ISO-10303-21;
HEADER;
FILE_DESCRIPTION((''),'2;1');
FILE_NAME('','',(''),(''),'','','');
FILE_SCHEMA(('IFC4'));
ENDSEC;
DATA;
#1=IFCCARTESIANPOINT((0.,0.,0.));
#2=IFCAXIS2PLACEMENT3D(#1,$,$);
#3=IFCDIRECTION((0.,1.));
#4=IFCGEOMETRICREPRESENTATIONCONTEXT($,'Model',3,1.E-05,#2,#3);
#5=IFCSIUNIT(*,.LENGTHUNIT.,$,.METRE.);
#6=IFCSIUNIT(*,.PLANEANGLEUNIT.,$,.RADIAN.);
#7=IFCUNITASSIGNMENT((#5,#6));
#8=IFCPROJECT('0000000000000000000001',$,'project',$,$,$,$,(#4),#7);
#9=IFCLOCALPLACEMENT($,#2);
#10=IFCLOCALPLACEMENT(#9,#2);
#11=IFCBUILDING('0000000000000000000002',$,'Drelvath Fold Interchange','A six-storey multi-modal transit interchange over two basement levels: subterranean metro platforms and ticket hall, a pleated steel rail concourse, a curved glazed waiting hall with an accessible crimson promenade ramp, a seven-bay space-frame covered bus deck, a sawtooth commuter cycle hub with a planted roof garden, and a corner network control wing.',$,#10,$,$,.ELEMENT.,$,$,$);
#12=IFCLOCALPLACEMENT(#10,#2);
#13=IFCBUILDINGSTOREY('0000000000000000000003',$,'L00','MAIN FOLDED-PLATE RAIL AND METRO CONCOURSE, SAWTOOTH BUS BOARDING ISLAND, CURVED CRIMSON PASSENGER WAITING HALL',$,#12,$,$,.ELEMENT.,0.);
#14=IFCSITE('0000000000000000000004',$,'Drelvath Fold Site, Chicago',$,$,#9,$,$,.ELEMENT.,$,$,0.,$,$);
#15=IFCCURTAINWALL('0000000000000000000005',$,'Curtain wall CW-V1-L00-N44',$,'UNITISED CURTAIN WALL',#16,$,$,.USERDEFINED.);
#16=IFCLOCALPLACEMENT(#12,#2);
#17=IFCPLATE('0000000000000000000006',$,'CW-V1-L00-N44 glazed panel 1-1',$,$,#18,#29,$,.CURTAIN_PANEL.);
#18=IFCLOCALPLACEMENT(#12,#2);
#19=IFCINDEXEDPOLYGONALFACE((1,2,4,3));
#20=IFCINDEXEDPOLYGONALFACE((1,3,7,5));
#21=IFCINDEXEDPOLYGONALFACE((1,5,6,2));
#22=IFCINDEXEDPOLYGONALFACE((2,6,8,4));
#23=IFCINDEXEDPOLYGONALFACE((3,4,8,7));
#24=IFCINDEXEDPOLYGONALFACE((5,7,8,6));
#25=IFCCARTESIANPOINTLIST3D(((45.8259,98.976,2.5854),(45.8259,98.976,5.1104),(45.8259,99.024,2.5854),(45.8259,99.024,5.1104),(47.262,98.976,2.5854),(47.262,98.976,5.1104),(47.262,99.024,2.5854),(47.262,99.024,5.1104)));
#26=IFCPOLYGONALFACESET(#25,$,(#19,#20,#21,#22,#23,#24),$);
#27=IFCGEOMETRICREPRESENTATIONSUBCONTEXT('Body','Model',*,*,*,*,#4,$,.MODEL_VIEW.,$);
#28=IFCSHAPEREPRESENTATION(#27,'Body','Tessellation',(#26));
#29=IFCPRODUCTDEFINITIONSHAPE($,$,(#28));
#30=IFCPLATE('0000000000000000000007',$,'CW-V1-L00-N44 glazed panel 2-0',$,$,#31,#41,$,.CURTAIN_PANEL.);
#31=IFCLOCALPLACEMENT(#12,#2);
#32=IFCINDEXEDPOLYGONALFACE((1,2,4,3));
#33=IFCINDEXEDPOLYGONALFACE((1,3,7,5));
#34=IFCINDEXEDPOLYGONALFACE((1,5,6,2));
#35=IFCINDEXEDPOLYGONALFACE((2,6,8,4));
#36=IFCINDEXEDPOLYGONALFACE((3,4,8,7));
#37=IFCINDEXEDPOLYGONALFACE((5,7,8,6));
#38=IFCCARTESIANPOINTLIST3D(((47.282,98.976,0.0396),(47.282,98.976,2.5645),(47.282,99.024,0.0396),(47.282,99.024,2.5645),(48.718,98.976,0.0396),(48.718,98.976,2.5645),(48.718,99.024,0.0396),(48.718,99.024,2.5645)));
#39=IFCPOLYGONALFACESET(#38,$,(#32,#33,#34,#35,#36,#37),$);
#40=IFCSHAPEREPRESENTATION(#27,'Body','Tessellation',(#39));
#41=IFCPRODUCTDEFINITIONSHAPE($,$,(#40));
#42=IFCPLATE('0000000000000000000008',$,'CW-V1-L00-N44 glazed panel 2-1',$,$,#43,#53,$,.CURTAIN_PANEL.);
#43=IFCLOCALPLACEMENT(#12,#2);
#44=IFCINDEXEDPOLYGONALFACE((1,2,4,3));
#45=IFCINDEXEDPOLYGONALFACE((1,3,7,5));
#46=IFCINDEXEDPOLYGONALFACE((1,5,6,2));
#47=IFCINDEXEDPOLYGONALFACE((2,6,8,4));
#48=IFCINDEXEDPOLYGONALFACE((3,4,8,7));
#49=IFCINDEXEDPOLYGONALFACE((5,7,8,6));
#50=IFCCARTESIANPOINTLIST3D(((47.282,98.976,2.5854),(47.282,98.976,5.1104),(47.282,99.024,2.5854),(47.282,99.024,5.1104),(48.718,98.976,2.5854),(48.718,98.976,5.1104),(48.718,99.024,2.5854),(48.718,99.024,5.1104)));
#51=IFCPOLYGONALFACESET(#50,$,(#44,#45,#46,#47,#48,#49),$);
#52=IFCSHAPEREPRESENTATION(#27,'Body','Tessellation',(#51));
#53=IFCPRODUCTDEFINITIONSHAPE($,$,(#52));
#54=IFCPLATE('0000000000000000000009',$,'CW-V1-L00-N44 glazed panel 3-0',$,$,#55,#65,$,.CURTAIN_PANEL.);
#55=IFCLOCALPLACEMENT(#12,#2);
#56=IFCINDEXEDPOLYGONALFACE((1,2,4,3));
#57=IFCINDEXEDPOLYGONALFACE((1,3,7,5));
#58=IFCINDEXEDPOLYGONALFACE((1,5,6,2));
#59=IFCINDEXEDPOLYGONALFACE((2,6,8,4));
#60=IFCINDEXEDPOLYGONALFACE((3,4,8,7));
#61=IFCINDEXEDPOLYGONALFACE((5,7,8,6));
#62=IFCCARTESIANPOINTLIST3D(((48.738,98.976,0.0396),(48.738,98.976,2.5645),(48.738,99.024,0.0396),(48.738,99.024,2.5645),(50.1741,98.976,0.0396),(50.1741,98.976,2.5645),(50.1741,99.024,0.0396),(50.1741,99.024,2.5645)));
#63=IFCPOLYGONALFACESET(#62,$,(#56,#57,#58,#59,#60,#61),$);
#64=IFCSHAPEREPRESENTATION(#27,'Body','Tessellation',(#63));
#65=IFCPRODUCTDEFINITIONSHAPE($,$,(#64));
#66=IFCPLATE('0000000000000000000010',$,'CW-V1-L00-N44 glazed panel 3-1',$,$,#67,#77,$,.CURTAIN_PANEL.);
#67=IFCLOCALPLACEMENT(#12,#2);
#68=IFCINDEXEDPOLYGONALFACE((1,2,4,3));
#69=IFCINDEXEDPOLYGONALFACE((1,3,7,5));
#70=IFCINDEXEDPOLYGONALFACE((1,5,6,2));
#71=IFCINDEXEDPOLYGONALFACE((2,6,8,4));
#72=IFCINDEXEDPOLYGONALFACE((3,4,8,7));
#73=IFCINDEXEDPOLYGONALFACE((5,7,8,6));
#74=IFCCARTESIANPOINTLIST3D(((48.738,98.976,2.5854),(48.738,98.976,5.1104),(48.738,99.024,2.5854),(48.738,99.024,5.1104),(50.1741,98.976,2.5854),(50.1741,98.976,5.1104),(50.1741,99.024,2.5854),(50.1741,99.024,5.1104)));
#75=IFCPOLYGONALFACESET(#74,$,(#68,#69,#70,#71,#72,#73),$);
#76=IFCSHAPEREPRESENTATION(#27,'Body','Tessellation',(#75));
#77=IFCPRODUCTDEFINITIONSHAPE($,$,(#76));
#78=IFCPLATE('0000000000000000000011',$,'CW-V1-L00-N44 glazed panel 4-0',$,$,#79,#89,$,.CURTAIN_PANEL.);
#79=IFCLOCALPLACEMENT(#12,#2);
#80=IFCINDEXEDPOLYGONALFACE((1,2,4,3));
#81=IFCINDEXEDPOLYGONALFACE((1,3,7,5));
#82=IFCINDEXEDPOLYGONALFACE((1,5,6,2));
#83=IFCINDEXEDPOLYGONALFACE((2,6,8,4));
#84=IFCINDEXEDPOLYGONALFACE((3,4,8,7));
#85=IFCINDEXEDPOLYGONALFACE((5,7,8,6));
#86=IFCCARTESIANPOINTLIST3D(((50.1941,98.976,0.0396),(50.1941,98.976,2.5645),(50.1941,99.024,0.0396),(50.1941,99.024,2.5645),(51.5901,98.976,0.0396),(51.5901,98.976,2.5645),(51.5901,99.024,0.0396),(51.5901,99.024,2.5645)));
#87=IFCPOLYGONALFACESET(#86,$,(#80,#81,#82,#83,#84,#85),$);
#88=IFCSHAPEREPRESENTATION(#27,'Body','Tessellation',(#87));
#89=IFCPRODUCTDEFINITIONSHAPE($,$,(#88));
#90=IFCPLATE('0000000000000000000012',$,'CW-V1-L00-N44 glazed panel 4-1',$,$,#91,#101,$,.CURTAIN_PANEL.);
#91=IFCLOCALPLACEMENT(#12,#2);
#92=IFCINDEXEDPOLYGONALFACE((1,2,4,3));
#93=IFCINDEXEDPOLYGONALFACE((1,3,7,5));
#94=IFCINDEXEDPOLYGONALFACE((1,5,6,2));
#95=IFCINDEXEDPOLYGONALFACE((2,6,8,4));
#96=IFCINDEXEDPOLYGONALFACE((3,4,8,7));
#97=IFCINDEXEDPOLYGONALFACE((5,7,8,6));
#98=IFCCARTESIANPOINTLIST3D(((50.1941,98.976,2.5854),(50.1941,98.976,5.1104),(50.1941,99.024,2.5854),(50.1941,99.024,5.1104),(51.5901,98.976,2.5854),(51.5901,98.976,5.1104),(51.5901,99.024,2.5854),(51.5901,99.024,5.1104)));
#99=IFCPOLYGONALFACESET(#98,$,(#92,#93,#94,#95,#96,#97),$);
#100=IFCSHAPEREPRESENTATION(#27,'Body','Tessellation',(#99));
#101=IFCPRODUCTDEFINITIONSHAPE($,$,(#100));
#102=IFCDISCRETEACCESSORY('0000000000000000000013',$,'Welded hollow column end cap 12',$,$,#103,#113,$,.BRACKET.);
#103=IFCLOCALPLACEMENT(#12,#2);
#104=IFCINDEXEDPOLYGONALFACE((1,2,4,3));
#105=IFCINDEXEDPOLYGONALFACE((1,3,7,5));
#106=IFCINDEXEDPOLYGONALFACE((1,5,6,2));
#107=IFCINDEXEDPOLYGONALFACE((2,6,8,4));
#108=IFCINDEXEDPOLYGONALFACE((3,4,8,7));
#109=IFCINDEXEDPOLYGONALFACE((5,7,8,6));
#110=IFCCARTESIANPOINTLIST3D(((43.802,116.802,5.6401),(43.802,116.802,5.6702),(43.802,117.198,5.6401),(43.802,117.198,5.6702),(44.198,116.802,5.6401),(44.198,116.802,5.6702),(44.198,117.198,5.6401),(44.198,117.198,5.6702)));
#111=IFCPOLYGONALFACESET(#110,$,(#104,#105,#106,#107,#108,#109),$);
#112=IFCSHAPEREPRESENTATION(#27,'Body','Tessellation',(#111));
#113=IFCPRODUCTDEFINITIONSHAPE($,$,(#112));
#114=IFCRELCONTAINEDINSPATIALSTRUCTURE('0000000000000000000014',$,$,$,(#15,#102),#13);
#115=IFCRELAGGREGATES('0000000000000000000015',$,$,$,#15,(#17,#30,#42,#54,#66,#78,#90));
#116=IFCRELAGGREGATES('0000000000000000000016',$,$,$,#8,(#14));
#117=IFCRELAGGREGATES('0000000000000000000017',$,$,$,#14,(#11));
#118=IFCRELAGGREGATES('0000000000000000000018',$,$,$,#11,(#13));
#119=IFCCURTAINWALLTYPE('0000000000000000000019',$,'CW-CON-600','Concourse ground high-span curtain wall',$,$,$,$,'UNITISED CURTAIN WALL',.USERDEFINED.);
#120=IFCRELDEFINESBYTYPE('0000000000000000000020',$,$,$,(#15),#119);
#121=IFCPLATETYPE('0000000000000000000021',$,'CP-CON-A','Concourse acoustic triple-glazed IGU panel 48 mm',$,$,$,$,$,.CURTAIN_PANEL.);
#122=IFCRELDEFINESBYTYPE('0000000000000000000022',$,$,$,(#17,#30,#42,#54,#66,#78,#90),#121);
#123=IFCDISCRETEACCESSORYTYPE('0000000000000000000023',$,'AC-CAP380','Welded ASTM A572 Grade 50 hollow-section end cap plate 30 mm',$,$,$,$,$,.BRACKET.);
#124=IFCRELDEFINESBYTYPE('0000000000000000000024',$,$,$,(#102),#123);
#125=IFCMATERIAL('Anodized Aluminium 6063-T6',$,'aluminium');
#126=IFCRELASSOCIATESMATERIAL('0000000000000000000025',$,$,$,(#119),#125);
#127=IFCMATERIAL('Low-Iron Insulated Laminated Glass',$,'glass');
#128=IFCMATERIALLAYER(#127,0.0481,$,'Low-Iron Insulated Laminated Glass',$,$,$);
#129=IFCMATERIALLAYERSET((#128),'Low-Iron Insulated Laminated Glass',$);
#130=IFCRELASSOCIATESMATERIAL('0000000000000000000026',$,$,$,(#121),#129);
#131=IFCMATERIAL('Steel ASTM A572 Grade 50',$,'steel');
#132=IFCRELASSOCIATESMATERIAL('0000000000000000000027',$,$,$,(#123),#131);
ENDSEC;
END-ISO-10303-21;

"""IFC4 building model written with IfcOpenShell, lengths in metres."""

from ifc_helpers import new_model, si_unit, direction, frame, origin, origin_2d, place, context, subcontext, project, spatial, rectangle, extrude, material, layer, layer_set, type_object, element, aggregate, save


model = new_model("IFC4")

# Units and contexts
model_context = context("Model", 3, precision=1e-05, world=origin(), true_north=direction((0.0, 1.0)))
body_context = subcontext(model_context, "Body", "Model", "MODEL_VIEW")
ifc_project = project(units=[si_unit("LENGTHUNIT", "METRE"), si_unit("PLANEANGLEUNIT", "RADIAN")], contexts=[model_context])

# Site, building, storey
site_placement = place(None, origin())
site = spatial("IfcSite", under=ifc_project, at=site_placement, Name="Drelvath Fold Site, Chicago", CompositionType="ELEMENT", RefElevation=0.0)
building_placement = place(site_placement, origin())
building = spatial("IfcBuilding", under=site, at=building_placement, Name="Drelvath Fold Interchange", Description="A six-storey multi-modal transit interchange over two basement levels: subterranean metro platforms and ticket hall, a pleated steel rail concourse, a curved glazed waiting hall with an accessible crimson promenade ramp, a seven-bay space-frame covered bus deck, a sawtooth commuter cycle hub with a planted roof garden, and a corner network control wing.", CompositionType="ELEMENT")
storey_placement = place(building_placement, origin())
storey = spatial("IfcBuildingStorey", under=building, at=storey_placement, Name="L00", Description="MAIN FOLDED-PLATE RAIL AND METRO CONCOURSE, SAWTOOTH BUS BOARDING ISLAND, CURVED CRIMSON PASSENGER WAITING HALL", CompositionType="ELEMENT", Elevation=0.0)

# Shared definitions
ifc_material_1 = material(Name="Anodized Aluminium 6063-T6", Category="aluminium")

# Curtain wall
curtain_wall_type_1 = type_object("IfcCurtainWallType", Name="CW-CON-600", Description="Concourse ground high-span curtain wall", ElementType="UNITISED CURTAIN WALL", PredefinedType="USERDEFINED", material=ifc_material_1)
curtain_wall_1_placement = place(storey_placement, origin())
curtain_wall_1 = element("IfcCurtainWall", 1, at=curtain_wall_1_placement, inside=storey, type_object=curtain_wall_type_1, Name="Curtain wall CW-V1-L00-N44", ObjectType="UNITISED CURTAIN WALL", PredefinedType="USERDEFINED")

# Plates
ifc_material_2 = material(Name="Low-Iron Insulated Laminated Glass", Category="glass")
ifc_layer_1 = layer(ifc_material_2, 0.0481, Name="Low-Iron Insulated Laminated Glass")
ifc_layer_set_1 = layer_set([ifc_layer_1], Name="Low-Iron Insulated Laminated Glass")
plate_type = type_object("IfcPlateType", Name="CP-CON-A", Description="Concourse acoustic triple-glazed IGU panel 48 mm", PredefinedType="CURTAIN_PANEL", material=ifc_layer_set_1)
plate_1_placement = place(storey_placement, frame((46.5439, 99.0, 2.5854), z_axis=(0.0, 0.0, 1.0), x_axis=(1.0, 0.0, 0.0)))
plate_1 = element("IfcPlate", 2, at=plate_1_placement, type_object=plate_type, Name="CW-V1-L00-N44 glazed panel 1-1", PredefinedType="CURTAIN_PANEL", context=body_context, shape_type="SweptSolid", body=[
    extrude(rectangle(XDim=1.436, YDim=0.0481, at=origin_2d()), origin(), (0.0, 0.0, 1.0), 2.5249),
])
plate_2_placement = place(storey_placement, frame((48.0, 99.0, 0.0396), z_axis=(0.0, 0.0, 1.0), x_axis=(1.0, 0.0, 0.0)))
plate_2 = element("IfcPlate", 3, at=plate_2_placement, type_object=plate_type, Name="CW-V1-L00-N44 glazed panel 2-0", PredefinedType="CURTAIN_PANEL", context=body_context, shape_type="SweptSolid", body=[
    extrude(rectangle(XDim=1.436, YDim=0.0481, at=origin_2d()), origin(), (0.0, 0.0, 1.0), 2.5249),
])
plate_3_placement = place(storey_placement, frame((48.0, 99.0, 2.5854), z_axis=(0.0, 0.0, 1.0), x_axis=(1.0, 0.0, 0.0)))
plate_3 = element("IfcPlate", 4, at=plate_3_placement, type_object=plate_type, Name="CW-V1-L00-N44 glazed panel 2-1", PredefinedType="CURTAIN_PANEL", context=body_context, shape_type="SweptSolid", body=[
    extrude(rectangle(XDim=1.436, YDim=0.0481, at=origin_2d()), origin(), (0.0, 0.0, 1.0), 2.5249),
])
plate_4_placement = place(storey_placement, frame((49.4561, 99.0, 0.0396), z_axis=(0.0, 0.0, 1.0), x_axis=(1.0, 0.0, 0.0)))
plate_4 = element("IfcPlate", 5, at=plate_4_placement, type_object=plate_type, Name="CW-V1-L00-N44 glazed panel 3-0", PredefinedType="CURTAIN_PANEL", context=body_context, shape_type="SweptSolid", body=[
    extrude(rectangle(XDim=1.436, YDim=0.0481, at=origin_2d()), origin(), (0.0, 0.0, 1.0), 2.5249),
])
plate_5_placement = place(storey_placement, frame((49.4561, 99.0, 2.5854), z_axis=(0.0, 0.0, 1.0), x_axis=(1.0, 0.0, 0.0)))
plate_5 = element("IfcPlate", 6, at=plate_5_placement, type_object=plate_type, Name="CW-V1-L00-N44 glazed panel 3-1", PredefinedType="CURTAIN_PANEL", context=body_context, shape_type="SweptSolid", body=[
    extrude(rectangle(XDim=1.436, YDim=0.0481, at=origin_2d()), origin(), (0.0, 0.0, 1.0), 2.5249),
])
plate_6_placement = place(storey_placement, frame((50.8921, 99.0, 0.0396), z_axis=(0.0, 0.0, 1.0), x_axis=(1.0, 0.0, 0.0)))
plate_6 = element("IfcPlate", 7, at=plate_6_placement, type_object=plate_type, Name="CW-V1-L00-N44 glazed panel 4-0", PredefinedType="CURTAIN_PANEL", context=body_context, shape_type="SweptSolid", body=[
    extrude(rectangle(XDim=1.396, YDim=0.0481, at=origin_2d()), origin(), (0.0, 0.0, 1.0), 2.5249),
])
plate_7_placement = place(storey_placement, frame((50.8921, 99.0, 2.5854), z_axis=(0.0, 0.0, 1.0), x_axis=(1.0, 0.0, 0.0)))
plate_7 = element("IfcPlate", 8, at=plate_7_placement, type_object=plate_type, Name="CW-V1-L00-N44 glazed panel 4-1", PredefinedType="CURTAIN_PANEL", context=body_context, shape_type="SweptSolid", body=[
    extrude(rectangle(XDim=1.396, YDim=0.0481, at=origin_2d()), origin(), (0.0, 0.0, 1.0), 2.5249),
])
aggregate(curtain_wall_1, [plate_1, plate_2, plate_3, plate_4, plate_5, plate_6, plate_7])

# Discrete accessory
ifc_material_3 = material(Name="Steel ASTM A572 Grade 50", Category="steel")
discrete_accessory_type = type_object("IfcDiscreteAccessoryType", Name="AC-CAP380", Description="Welded ASTM A572 Grade 50 hollow-section end cap plate 30 mm", PredefinedType="BRACKET", material=ifc_material_3)
discrete_accessory_placement = place(storey_placement, frame((44.0, 117.0, 5.6401), z_axis=(0.0, 0.0, 1.0), x_axis=(1.0, 0.0, 0.0)))
element("IfcDiscreteAccessory", 9, at=discrete_accessory_placement, inside=storey, type_object=discrete_accessory_type, Name="Welded hollow column end cap 12", PredefinedType="BRACKET", context=body_context, shape_type="SweptSolid", body=[
    extrude(rectangle(XDim=0.396, YDim=0.396, at=origin_2d()), origin(), (0.0, 0.0, 1.0), 0.03),
])

save(model, "model.ifc")
